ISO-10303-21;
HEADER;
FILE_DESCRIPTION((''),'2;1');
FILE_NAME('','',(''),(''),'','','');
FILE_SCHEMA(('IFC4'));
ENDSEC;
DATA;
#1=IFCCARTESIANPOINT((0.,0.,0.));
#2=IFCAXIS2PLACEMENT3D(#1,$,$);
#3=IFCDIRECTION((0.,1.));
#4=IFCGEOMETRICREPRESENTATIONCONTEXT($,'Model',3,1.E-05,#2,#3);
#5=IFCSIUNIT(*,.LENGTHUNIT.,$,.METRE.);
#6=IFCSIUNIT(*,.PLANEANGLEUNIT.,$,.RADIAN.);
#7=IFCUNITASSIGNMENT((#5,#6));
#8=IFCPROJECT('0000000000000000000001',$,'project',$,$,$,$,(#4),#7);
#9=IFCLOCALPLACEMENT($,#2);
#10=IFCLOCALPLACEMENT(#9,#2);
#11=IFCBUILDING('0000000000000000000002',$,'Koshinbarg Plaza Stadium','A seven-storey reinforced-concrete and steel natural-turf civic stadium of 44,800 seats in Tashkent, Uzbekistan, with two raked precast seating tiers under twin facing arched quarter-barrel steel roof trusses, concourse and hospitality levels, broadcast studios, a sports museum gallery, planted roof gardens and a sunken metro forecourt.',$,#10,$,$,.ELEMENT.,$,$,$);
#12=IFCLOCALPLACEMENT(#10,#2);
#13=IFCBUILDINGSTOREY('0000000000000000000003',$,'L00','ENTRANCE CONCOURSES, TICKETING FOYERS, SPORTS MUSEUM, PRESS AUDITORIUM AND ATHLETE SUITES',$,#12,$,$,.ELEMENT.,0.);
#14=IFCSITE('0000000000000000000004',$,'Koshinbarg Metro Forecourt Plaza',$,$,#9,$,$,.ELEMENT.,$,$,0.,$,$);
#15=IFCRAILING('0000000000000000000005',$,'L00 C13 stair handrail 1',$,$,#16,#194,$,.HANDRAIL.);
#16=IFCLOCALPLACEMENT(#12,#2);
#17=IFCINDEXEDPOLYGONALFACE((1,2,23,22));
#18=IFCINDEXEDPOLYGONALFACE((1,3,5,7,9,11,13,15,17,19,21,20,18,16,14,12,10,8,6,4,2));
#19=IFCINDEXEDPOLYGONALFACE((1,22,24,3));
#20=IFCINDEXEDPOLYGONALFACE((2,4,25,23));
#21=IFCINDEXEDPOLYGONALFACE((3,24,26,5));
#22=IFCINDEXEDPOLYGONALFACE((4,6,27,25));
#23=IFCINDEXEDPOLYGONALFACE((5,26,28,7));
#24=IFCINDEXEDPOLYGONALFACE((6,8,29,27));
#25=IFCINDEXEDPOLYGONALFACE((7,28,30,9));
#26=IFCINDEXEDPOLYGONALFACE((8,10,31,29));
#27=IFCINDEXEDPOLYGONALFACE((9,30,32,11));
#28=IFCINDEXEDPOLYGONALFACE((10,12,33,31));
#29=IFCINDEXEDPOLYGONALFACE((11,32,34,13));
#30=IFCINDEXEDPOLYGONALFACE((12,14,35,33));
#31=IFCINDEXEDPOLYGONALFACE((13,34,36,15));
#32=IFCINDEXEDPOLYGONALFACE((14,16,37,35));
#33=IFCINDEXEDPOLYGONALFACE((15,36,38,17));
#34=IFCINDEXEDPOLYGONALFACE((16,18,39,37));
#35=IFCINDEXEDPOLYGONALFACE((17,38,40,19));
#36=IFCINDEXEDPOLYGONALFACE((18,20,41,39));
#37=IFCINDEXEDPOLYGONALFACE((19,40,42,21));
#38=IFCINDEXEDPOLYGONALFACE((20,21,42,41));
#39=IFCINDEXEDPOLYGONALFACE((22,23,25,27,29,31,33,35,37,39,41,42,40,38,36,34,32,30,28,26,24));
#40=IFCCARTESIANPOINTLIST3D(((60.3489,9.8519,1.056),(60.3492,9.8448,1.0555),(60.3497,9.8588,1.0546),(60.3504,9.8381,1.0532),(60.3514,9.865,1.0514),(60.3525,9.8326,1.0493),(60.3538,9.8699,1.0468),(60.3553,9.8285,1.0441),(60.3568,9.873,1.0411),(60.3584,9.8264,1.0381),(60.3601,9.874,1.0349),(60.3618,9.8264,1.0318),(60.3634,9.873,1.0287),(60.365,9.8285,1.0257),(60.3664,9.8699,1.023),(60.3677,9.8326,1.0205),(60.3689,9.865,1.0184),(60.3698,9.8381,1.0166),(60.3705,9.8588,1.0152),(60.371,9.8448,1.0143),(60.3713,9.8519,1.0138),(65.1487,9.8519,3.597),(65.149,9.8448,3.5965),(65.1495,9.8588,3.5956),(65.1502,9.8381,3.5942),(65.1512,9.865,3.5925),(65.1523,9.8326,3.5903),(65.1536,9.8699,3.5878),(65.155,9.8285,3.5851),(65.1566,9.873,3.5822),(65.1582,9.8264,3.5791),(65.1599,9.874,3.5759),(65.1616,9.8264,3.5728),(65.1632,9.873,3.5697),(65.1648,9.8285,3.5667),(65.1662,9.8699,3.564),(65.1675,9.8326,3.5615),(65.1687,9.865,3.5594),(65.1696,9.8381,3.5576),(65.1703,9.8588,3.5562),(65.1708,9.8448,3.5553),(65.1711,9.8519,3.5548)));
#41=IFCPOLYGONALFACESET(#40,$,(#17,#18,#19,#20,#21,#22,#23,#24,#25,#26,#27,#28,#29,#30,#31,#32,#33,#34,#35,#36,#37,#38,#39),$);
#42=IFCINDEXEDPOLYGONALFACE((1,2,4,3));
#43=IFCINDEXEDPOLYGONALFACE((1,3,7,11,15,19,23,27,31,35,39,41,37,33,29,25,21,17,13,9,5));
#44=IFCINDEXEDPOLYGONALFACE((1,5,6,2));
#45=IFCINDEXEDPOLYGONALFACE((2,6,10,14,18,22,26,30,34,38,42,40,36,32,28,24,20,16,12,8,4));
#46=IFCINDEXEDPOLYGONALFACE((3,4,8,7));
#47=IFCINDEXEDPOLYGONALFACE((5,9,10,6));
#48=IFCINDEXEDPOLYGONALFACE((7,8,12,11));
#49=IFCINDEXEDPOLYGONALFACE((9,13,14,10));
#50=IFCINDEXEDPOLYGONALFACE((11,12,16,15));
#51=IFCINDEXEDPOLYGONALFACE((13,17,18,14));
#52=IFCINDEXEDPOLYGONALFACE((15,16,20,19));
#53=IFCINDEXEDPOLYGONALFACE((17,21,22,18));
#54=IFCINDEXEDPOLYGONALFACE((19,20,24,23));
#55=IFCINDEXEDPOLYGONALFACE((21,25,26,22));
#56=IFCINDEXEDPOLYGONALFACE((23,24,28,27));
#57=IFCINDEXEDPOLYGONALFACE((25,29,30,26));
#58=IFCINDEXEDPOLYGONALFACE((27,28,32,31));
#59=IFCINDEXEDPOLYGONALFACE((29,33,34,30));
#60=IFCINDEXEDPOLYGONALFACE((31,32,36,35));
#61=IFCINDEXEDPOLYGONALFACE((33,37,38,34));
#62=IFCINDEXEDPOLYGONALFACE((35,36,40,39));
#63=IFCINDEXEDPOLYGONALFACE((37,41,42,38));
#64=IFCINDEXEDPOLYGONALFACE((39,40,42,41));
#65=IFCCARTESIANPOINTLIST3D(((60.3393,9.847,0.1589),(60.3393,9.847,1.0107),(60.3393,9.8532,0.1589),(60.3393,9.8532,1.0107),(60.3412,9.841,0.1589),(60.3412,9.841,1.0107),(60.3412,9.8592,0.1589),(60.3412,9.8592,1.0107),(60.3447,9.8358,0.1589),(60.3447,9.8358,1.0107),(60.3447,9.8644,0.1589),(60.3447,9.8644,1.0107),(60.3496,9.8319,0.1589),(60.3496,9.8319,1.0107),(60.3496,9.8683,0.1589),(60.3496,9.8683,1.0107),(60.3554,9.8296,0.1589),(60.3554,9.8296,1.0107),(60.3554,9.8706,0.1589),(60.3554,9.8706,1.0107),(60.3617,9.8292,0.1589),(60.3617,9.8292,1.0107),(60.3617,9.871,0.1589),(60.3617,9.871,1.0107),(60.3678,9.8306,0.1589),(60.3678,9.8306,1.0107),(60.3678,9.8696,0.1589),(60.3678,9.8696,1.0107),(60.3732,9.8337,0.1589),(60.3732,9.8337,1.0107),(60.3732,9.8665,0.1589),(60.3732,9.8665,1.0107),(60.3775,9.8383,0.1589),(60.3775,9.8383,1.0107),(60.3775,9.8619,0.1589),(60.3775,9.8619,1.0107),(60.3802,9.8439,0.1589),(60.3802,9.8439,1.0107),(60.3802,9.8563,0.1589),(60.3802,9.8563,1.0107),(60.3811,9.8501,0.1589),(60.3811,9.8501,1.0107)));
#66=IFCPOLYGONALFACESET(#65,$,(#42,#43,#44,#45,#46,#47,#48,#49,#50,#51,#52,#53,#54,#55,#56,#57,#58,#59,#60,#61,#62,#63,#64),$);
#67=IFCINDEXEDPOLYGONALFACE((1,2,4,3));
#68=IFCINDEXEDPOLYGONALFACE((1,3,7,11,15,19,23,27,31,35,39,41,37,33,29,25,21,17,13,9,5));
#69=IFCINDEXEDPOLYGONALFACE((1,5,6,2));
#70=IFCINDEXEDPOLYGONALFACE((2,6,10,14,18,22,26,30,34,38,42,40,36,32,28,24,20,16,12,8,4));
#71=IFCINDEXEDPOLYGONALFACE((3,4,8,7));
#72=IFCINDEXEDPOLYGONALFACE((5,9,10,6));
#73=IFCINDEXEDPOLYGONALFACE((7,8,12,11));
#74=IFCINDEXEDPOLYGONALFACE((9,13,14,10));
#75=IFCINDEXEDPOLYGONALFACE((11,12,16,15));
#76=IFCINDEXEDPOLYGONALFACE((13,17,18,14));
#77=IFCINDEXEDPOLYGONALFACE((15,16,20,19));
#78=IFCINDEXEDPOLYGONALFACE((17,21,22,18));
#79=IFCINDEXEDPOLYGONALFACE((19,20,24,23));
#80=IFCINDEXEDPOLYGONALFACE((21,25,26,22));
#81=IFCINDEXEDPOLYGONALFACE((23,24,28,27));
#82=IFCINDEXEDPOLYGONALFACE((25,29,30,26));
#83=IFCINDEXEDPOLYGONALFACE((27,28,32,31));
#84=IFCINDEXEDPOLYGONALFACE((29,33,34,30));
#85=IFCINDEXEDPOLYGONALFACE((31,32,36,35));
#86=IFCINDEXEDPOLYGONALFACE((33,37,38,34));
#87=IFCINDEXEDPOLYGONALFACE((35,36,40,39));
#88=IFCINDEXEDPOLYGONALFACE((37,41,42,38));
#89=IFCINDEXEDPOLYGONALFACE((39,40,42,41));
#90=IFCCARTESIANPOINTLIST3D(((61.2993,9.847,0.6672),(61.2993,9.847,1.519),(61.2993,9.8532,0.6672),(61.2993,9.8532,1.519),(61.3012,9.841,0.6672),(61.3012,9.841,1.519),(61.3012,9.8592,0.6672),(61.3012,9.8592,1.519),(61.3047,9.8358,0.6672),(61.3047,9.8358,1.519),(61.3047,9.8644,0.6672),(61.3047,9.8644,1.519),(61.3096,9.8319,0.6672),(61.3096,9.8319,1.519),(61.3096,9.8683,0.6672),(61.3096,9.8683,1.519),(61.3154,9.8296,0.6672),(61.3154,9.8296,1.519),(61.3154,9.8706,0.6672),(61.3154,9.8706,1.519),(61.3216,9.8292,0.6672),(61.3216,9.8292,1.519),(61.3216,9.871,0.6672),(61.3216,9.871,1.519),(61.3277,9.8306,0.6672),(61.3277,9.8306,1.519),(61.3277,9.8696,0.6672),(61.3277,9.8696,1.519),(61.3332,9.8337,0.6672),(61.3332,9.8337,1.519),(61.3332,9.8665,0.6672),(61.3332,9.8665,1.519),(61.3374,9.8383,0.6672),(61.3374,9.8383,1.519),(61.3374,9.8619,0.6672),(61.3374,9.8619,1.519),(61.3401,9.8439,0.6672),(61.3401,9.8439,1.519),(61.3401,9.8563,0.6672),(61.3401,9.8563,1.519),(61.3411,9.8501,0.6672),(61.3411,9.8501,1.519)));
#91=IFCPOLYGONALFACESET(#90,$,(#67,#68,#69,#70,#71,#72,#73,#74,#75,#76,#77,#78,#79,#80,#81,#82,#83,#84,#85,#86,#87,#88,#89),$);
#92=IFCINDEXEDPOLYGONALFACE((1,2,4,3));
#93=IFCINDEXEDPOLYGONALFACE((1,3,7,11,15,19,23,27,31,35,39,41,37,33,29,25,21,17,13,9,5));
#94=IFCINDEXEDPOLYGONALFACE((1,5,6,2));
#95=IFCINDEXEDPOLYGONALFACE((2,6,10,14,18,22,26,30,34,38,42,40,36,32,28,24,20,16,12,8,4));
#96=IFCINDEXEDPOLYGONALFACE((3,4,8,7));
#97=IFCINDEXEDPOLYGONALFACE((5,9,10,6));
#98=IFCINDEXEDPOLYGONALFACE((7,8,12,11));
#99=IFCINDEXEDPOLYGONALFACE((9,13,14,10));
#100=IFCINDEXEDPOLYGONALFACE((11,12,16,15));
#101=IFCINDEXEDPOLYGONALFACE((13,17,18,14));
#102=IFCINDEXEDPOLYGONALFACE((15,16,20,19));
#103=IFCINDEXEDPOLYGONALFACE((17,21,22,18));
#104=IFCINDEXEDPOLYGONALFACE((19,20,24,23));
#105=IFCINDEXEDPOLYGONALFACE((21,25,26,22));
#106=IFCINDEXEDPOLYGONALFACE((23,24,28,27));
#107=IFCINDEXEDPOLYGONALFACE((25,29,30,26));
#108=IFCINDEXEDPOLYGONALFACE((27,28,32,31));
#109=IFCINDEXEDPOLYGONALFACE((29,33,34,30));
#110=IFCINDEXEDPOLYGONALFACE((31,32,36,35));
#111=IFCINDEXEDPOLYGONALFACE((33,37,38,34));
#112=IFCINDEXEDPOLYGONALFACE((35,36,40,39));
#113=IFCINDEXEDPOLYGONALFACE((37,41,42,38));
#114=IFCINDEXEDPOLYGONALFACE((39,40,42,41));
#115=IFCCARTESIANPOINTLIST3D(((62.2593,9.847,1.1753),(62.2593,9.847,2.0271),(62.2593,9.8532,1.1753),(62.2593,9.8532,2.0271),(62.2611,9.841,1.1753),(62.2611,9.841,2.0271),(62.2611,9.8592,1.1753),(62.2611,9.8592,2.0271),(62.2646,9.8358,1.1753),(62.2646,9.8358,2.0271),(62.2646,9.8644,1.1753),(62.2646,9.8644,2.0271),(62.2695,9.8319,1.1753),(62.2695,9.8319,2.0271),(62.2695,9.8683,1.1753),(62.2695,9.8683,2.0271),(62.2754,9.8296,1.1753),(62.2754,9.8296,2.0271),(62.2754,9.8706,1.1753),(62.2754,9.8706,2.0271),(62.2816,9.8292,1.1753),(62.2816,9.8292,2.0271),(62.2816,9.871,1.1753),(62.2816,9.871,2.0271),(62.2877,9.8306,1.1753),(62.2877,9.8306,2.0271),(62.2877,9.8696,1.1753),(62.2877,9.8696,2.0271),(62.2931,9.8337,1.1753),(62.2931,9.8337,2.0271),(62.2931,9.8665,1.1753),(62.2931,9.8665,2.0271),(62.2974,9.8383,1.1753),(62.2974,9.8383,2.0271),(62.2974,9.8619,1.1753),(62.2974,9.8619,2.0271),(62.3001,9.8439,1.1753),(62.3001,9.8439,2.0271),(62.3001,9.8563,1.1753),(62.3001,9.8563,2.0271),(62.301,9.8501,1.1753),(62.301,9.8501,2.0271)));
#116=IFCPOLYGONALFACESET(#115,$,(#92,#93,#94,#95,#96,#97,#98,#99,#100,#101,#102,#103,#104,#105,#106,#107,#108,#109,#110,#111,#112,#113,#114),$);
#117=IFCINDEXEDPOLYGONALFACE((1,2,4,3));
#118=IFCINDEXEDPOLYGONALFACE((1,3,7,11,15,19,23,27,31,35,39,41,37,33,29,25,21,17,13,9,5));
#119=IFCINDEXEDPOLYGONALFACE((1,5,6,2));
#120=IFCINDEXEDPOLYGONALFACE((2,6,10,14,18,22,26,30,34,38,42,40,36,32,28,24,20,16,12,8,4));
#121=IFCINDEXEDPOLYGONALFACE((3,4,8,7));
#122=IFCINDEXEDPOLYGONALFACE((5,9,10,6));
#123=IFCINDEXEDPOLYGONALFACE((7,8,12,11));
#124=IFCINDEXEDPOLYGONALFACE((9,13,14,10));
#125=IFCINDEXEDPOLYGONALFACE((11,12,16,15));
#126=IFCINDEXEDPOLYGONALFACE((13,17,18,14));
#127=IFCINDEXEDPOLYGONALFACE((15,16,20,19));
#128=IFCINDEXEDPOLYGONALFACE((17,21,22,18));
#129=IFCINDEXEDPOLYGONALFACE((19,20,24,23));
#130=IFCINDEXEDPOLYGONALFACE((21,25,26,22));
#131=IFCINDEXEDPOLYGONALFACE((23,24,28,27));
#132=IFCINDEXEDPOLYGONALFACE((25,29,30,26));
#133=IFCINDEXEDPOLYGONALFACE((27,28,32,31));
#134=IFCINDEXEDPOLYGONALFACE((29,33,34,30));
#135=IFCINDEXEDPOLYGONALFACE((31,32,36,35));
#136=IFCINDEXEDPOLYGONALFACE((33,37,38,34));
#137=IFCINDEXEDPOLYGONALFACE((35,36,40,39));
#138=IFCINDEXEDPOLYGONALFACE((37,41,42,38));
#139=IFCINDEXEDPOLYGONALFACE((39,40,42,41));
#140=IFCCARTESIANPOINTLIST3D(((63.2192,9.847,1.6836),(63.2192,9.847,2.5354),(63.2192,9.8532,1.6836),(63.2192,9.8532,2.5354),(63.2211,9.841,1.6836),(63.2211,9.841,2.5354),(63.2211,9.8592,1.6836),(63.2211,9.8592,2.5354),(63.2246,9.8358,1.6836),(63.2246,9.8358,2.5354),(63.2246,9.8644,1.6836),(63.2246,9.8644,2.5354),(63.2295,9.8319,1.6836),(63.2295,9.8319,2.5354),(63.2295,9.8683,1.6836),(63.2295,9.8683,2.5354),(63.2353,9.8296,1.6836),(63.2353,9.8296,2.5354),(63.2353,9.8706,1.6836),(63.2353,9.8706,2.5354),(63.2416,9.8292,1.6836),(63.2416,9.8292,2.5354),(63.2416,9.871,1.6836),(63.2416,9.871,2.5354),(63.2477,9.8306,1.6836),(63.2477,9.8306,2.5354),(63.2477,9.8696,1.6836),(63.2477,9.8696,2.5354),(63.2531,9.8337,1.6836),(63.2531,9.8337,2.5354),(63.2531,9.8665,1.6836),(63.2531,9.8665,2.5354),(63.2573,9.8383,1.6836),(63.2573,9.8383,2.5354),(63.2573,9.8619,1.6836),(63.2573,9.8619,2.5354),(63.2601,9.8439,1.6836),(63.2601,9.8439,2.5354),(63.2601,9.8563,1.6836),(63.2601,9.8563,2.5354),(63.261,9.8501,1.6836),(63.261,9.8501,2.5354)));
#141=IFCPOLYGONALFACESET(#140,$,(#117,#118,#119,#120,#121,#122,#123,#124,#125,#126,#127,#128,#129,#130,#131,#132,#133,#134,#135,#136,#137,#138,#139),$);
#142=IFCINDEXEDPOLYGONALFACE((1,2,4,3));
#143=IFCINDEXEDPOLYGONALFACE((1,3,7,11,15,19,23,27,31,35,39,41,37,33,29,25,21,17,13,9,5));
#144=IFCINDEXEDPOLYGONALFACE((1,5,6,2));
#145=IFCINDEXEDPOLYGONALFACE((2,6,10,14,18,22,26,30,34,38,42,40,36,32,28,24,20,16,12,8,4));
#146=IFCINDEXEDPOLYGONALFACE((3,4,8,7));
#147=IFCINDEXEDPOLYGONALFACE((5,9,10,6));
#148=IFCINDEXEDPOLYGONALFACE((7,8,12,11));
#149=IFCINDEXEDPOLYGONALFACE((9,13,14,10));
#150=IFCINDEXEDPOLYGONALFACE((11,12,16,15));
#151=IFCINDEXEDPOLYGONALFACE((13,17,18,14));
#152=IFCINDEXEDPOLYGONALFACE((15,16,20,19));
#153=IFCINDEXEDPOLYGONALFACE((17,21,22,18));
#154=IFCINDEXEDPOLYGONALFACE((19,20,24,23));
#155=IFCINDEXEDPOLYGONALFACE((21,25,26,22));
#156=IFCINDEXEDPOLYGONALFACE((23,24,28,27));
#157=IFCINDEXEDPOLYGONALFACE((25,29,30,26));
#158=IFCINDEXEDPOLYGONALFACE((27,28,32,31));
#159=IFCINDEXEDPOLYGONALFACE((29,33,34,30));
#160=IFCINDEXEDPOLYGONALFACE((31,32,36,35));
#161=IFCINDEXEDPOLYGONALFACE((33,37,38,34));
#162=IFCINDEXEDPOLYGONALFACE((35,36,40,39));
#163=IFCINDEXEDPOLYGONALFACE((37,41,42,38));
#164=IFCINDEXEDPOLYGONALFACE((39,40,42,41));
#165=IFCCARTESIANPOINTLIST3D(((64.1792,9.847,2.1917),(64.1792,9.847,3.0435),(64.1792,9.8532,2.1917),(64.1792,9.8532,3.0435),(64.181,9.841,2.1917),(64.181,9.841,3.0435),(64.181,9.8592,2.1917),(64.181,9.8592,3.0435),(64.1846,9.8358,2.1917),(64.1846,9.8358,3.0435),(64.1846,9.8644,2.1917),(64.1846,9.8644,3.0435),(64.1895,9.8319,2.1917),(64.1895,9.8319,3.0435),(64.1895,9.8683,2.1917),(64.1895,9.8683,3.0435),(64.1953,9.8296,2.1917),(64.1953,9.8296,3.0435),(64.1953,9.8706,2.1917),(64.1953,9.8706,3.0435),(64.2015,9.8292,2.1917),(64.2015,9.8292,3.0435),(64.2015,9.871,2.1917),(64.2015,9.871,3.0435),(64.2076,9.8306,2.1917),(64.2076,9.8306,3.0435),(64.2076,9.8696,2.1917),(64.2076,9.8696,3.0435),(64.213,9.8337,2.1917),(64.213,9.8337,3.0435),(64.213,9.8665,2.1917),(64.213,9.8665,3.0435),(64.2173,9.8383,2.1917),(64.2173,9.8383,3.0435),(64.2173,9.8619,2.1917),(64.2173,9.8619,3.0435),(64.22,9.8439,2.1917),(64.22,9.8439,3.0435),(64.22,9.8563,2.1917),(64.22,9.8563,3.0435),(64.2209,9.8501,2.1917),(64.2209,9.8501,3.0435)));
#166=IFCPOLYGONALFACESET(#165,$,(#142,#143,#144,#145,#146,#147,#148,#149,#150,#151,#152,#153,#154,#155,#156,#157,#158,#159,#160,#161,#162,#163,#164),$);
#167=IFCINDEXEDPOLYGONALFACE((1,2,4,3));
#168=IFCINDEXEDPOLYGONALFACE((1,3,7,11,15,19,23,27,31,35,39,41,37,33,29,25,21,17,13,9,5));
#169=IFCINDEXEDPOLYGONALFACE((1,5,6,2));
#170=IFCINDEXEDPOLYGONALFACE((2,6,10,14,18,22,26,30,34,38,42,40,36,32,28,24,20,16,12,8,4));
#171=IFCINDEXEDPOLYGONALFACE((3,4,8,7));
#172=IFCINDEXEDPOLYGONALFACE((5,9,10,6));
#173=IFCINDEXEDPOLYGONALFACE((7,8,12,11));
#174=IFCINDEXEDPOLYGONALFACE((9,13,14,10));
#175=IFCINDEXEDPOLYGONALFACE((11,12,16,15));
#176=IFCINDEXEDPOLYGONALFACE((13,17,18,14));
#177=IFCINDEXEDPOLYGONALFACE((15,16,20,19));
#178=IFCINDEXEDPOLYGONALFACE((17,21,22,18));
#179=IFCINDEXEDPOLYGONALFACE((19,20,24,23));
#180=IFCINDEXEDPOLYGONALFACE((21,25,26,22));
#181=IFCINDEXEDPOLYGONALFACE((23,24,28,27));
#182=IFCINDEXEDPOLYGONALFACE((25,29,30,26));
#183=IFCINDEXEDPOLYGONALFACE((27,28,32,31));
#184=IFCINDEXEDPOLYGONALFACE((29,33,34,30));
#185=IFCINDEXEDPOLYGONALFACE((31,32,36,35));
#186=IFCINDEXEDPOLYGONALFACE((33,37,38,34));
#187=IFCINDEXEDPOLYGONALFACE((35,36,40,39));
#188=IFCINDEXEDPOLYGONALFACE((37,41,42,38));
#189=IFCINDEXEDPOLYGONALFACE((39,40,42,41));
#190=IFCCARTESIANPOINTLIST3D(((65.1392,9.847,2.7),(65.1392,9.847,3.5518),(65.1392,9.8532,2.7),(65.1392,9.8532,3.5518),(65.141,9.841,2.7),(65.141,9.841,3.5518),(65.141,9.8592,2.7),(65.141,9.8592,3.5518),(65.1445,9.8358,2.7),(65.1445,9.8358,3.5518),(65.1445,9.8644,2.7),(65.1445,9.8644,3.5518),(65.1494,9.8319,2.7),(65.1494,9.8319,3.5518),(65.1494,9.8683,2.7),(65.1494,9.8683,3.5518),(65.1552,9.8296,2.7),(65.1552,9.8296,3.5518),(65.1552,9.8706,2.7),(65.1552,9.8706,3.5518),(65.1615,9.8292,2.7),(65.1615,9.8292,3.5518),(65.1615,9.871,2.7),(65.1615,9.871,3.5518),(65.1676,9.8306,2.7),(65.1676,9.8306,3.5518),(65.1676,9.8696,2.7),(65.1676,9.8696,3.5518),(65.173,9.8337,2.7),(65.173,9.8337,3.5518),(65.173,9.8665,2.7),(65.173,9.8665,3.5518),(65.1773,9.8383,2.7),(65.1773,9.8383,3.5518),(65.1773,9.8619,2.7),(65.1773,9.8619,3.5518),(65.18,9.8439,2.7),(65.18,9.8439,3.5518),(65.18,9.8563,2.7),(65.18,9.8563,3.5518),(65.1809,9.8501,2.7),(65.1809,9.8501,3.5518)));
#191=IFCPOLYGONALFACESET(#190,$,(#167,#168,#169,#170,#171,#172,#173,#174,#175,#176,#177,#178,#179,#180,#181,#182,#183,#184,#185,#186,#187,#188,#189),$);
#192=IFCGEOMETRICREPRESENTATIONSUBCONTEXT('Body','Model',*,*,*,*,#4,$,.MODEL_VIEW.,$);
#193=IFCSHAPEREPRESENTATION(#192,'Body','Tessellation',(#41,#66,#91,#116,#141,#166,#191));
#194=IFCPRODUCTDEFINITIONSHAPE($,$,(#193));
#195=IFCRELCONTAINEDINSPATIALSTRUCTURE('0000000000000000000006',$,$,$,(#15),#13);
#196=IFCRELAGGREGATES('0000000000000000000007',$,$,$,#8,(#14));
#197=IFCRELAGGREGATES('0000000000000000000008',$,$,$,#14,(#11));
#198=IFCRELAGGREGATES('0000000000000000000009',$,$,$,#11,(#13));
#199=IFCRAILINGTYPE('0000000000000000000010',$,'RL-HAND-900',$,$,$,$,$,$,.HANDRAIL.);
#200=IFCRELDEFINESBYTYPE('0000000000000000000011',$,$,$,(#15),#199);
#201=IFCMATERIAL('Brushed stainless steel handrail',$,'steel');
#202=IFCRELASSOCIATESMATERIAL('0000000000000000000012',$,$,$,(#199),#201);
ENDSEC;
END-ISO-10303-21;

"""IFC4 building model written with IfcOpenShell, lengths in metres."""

from ifc_helpers import new_model, si_unit, direction, frame, origin, origin_2d, place, context, subcontext, project, spatial, circle, extrude, material, type_object, element, save


model = new_model("IFC4")

# Units and contexts
model_context = context("Model", 3, precision=1e-05, world=origin(), true_north=direction((0.0, 1.0)))
body_context = subcontext(model_context, "Body", "Model", "MODEL_VIEW")
ifc_project = project(units=[si_unit("LENGTHUNIT", "METRE"), si_unit("PLANEANGLEUNIT", "RADIAN")], contexts=[model_context])

# Site, building, storey
site_placement = place(None, origin())
site = spatial("IfcSite", under=ifc_project, at=site_placement, Name="Koshinbarg Metro Forecourt Plaza", CompositionType="ELEMENT", RefElevation=0.0)
building_placement = place(site_placement, origin())
building = spatial("IfcBuilding", under=site, at=building_placement, Name="Koshinbarg Plaza Stadium", Description="A seven-storey reinforced-concrete and steel natural-turf civic stadium of 44,800 seats in Tashkent, Uzbekistan, with two raked precast seating tiers under twin facing arched quarter-barrel steel roof trusses, concourse and hospitality levels, broadcast studios, a sports museum gallery, planted roof gardens and a sunken metro forecourt.", CompositionType="ELEMENT")
storey_placement = place(building_placement, origin())
storey = spatial("IfcBuildingStorey", under=building, at=storey_placement, Name="L00", Description="ENTRANCE CONCOURSES, TICKETING FOYERS, SPORTS MUSEUM, PRESS AUDITORIUM AND ATHLETE SUITES", CompositionType="ELEMENT", Elevation=0.0)

# Railing
ifc_material_1 = material(Name="Brushed stainless steel handrail", Category="steel")
railing_type_1 = type_object("IfcRailingType", Name="RL-HAND-900", PredefinedType="HANDRAIL", material=ifc_material_1)
railing_1_placement = place(storey_placement, frame((60.3601, 9.8501, 0.1589)))
element("IfcRailing", 1, at=railing_1_placement, inside=storey, type_object=railing_type_1, Name="L00 C13 stair handrail 1", PredefinedType="HANDRAIL", context=body_context, shape_type="SweptSolid", body=[
    extrude(circle(Radius=0.0239, at=origin_2d()), frame((0.0, 0.0, 0.876), z_axis=(0.883792, 0.0, 0.467879), x_axis=(0.0, 1.0, 0.0)), (0.0, 0.0, 1.0), 5.4309),
    extrude(circle(Radius=0.021, at=origin_2d()), origin(), (0.0, 0.0, 1.0), 0.8518),
    extrude(circle(Radius=0.021, at=origin_2d()), frame((0.96, 0.0, 0.5083)), (0.0, 0.0, 1.0), 0.8518),
    extrude(circle(Radius=0.021, at=origin_2d()), frame((1.9199, 0.0, 1.0164)), (0.0, 0.0, 1.0), 0.8518),
    extrude(circle(Radius=0.021, at=origin_2d()), frame((2.8799, 0.0, 1.5247)), (0.0, 0.0, 1.0), 0.8518),
    extrude(circle(Radius=0.021, at=origin_2d()), frame((3.8398, 0.0, 2.0327)), (0.0, 0.0, 1.0), 0.8518),
    extrude(circle(Radius=0.021, at=origin_2d()), frame((4.7998, 0.0, 2.541)), (0.0, 0.0, 1.0), 0.8518),
])

save(model, "model.ifc")
